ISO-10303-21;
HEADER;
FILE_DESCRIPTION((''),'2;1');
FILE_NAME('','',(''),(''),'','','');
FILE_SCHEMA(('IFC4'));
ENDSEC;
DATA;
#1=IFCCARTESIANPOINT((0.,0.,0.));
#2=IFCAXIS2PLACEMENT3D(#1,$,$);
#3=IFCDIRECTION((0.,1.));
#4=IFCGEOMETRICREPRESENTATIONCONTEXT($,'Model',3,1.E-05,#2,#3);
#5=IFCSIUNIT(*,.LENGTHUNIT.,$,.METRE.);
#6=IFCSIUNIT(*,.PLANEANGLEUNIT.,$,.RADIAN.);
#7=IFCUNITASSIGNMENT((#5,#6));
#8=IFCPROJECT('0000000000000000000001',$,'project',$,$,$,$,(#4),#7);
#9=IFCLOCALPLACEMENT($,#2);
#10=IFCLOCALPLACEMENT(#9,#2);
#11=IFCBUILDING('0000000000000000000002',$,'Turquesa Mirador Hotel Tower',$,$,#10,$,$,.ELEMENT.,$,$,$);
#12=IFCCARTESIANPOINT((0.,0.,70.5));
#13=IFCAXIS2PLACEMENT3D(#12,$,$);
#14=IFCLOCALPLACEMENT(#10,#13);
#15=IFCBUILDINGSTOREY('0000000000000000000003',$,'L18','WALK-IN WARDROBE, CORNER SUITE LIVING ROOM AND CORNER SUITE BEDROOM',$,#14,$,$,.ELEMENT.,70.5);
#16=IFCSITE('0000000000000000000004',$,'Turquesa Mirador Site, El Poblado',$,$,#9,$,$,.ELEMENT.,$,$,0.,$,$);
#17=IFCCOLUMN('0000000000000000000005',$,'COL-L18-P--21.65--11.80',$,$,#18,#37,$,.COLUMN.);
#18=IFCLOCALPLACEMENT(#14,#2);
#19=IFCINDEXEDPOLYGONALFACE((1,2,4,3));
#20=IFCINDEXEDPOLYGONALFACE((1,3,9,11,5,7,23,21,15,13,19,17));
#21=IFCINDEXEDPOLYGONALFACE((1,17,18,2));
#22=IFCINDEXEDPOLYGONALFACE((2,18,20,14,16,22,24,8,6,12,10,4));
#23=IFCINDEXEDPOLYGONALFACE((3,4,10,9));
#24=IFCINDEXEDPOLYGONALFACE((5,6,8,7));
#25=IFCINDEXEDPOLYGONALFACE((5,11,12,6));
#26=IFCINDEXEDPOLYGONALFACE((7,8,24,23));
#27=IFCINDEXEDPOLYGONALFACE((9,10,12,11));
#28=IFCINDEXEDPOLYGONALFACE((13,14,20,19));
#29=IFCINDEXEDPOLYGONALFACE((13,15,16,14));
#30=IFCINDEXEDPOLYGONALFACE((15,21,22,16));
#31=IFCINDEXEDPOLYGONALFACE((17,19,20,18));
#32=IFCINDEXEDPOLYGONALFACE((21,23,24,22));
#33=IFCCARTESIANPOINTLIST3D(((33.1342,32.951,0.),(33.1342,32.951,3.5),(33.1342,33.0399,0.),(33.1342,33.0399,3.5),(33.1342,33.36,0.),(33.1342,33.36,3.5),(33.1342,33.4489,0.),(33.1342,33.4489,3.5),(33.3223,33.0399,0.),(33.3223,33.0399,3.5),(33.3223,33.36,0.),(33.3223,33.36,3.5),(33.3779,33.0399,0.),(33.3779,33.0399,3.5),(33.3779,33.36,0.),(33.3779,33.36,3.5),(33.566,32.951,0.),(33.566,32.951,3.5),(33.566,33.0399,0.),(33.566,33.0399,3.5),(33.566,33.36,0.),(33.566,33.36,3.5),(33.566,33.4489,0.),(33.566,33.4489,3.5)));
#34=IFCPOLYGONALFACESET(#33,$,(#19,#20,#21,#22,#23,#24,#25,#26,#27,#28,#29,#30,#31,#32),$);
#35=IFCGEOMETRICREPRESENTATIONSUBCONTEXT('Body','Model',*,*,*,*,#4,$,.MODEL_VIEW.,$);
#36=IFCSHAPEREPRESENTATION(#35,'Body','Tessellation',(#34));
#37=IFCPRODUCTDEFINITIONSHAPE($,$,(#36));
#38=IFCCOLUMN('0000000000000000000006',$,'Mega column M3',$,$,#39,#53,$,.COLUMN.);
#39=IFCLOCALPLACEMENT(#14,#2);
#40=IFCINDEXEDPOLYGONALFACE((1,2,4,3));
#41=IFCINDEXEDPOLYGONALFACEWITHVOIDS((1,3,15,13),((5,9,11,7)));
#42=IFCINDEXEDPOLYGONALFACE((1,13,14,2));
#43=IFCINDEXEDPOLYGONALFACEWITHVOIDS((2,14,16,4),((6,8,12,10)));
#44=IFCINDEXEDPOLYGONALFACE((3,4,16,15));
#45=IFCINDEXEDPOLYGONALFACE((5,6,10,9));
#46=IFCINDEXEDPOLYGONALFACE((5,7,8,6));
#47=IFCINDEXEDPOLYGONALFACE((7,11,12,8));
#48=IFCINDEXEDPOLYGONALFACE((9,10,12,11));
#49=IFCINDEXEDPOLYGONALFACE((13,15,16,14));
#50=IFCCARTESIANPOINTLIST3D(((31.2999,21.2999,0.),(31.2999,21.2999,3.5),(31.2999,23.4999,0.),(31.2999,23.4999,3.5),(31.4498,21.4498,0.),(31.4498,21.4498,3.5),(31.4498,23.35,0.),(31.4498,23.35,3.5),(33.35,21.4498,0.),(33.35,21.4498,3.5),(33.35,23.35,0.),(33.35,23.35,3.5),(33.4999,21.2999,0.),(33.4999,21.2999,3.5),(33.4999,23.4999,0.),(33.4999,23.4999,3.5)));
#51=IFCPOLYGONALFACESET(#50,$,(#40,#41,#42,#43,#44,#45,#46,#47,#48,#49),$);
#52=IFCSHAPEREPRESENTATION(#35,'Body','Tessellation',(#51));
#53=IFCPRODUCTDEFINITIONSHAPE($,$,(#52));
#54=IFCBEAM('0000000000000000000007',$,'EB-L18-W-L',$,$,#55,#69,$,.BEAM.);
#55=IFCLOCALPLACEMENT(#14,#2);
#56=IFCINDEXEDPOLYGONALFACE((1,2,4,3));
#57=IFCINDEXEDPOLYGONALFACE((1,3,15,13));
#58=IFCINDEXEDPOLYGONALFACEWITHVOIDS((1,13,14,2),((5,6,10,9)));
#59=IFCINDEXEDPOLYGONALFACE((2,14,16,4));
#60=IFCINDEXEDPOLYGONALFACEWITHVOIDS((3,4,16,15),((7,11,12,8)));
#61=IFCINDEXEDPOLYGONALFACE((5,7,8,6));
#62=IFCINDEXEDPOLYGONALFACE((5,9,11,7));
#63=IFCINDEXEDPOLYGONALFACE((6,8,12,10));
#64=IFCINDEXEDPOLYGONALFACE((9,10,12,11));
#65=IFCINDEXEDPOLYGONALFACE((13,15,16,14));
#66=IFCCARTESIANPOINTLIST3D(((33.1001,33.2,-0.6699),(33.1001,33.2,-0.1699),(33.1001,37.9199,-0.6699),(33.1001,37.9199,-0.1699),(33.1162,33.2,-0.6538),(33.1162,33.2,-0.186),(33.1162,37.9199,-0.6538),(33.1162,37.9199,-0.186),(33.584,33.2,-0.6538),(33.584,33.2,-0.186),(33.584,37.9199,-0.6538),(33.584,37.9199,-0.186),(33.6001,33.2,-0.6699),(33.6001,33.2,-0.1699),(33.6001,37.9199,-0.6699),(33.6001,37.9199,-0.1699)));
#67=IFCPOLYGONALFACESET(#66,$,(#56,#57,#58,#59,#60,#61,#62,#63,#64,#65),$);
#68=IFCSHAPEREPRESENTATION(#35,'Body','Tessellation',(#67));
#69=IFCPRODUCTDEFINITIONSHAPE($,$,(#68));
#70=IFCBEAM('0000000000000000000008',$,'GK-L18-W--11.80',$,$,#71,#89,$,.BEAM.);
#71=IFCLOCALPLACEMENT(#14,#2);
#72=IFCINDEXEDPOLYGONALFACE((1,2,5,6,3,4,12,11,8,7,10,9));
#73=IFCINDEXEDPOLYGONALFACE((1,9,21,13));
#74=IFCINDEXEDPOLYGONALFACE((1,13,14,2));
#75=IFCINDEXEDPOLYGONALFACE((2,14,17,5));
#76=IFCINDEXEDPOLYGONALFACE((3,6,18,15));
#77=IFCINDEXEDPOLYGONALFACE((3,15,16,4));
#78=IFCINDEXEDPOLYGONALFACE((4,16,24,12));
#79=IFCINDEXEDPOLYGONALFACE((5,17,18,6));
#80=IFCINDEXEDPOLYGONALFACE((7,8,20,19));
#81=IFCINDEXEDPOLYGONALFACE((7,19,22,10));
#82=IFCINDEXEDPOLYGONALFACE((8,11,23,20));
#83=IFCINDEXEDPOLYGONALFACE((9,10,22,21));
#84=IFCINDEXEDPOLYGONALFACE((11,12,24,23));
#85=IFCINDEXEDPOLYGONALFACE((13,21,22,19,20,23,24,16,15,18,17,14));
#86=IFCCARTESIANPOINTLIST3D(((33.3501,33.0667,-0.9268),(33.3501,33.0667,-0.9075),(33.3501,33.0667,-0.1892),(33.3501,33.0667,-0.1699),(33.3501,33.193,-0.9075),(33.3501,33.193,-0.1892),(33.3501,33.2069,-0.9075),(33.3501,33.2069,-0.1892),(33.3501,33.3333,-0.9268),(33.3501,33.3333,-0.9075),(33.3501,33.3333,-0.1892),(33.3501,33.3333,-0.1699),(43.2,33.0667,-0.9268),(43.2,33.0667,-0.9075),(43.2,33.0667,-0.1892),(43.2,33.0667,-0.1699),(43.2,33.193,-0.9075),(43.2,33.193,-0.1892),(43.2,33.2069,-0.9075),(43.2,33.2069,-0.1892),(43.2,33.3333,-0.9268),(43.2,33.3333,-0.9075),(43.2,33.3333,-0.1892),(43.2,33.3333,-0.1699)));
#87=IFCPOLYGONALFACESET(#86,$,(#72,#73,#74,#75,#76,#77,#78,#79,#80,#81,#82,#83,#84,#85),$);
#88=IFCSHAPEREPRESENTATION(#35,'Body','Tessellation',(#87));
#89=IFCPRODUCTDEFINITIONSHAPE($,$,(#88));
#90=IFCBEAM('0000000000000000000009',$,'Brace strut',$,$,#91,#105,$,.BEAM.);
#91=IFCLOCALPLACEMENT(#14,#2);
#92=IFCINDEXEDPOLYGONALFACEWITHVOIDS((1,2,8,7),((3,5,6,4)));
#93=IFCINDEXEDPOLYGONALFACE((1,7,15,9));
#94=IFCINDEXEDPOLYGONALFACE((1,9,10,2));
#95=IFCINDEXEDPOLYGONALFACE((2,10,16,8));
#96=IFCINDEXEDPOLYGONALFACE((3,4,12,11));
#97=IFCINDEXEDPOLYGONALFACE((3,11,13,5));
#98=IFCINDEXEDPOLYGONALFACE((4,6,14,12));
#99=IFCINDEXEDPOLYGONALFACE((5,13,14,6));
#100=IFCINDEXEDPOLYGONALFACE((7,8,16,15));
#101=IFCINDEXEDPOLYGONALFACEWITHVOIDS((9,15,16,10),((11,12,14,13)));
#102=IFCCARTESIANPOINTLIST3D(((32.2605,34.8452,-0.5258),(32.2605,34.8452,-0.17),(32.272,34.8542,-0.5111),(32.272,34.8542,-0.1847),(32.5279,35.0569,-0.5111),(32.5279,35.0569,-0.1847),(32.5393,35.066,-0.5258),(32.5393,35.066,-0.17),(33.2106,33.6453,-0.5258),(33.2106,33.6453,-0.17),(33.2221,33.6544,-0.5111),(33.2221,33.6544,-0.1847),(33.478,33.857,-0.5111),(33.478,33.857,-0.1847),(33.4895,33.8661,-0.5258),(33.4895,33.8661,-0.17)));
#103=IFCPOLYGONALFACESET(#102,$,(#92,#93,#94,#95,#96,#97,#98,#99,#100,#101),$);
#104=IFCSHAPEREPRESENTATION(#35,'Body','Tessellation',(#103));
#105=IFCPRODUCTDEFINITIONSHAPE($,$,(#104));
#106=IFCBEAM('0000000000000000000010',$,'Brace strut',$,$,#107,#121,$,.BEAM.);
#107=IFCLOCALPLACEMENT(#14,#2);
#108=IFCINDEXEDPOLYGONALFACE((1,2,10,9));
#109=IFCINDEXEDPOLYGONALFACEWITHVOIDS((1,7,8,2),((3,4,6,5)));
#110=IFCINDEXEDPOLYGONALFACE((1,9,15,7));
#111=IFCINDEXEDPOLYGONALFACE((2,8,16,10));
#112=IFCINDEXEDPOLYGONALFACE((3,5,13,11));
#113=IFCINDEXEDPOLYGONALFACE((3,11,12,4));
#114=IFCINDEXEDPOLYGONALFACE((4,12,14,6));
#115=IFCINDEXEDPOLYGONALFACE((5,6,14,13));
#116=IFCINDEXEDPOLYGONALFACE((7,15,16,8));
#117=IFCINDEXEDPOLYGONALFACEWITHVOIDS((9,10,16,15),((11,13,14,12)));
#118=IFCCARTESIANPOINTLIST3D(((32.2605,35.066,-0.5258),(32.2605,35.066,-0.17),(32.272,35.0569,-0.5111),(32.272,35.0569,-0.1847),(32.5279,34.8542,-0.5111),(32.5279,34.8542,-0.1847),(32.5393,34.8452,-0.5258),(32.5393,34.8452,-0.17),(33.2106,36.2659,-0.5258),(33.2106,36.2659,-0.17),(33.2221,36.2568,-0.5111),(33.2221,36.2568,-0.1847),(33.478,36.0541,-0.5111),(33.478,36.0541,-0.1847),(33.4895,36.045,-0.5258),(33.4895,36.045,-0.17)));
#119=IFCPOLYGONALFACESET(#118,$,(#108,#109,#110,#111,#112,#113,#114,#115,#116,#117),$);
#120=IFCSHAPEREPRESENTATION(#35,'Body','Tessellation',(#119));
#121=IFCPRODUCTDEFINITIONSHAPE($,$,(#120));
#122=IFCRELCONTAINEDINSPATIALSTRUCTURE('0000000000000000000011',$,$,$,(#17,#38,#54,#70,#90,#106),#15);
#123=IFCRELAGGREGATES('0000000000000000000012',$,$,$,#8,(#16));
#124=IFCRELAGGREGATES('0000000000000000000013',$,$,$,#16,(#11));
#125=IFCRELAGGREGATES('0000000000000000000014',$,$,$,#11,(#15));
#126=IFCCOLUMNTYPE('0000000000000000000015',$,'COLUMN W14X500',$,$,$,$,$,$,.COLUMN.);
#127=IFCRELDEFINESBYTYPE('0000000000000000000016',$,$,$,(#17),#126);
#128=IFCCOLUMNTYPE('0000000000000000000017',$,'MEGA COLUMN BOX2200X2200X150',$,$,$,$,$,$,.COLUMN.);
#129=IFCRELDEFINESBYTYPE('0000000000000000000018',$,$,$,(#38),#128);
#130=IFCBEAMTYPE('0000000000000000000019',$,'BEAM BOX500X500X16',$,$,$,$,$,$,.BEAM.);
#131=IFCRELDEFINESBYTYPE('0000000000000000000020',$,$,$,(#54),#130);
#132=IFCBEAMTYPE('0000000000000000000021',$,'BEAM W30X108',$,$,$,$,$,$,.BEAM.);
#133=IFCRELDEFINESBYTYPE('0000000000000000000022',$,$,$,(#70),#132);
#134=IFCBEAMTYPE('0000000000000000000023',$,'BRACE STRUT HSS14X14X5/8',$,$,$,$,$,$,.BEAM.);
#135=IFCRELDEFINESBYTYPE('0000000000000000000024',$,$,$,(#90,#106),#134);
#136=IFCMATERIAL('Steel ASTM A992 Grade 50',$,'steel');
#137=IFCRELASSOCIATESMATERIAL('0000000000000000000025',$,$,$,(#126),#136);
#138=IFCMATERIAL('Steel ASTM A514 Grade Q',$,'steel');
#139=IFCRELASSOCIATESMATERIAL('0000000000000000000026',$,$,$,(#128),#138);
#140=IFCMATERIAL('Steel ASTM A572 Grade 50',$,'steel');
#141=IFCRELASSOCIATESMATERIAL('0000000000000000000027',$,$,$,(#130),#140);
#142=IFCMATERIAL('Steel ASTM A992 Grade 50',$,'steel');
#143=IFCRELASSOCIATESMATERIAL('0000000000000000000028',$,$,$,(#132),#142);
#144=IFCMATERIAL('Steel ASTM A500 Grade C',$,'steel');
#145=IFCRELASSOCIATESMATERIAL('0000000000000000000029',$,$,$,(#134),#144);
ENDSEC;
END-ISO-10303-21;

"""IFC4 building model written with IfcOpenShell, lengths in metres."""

from ifc_helpers import new_model, si_unit, direction, frame, origin, origin_2d, place, context, subcontext, project, spatial, hollow_rectangle, i_section, extrude, material, material_profile, profile_set, type_object, element, save


model = new_model("IFC4")

# Units and contexts
model_context = context("Model", 3, precision=1e-05, world=origin(), true_north=direction((0.0, 1.0)))
body_context = subcontext(model_context, "Body", "Model", "MODEL_VIEW")
ifc_project = project(units=[si_unit("LENGTHUNIT", "METRE"), si_unit("PLANEANGLEUNIT", "RADIAN")], contexts=[model_context])

# Site, building, storey
site_placement = place(None, origin())
site = spatial("IfcSite", under=ifc_project, at=site_placement, Name="Turquesa Mirador Site, El Poblado", CompositionType="ELEMENT", RefElevation=0.0)
building_placement = place(site_placement, origin())
building = spatial("IfcBuilding", under=site, at=building_placement, Name="Turquesa Mirador Hotel Tower", CompositionType="ELEMENT")
storey_placement = place(building_placement, frame((0.0, 0.0, 70.5)))
storey = spatial("IfcBuildingStorey", under=building, at=storey_placement, Name="L18", Description="WALK-IN WARDROBE, CORNER SUITE LIVING ROOM AND CORNER SUITE BEDROOM", CompositionType="ELEMENT", Elevation=70.5)

# Columns
ifc_material_1 = material(Name="Steel ASTM A992 Grade 50", Category="steel")
ifc_material_profile_1 = material_profile(ifc_material_1, i_section(OverallWidth=0.4319, OverallDepth=0.4978, WebThickness=0.0557, FlangeThickness=0.0889, at=origin_2d()), Name="W14X500")
ifc_profile_set_1 = profile_set([ifc_material_profile_1], Name="Steel ASTM A992 Grade 50")
column_type_1 = type_object("IfcColumnType", Name="COLUMN W14X500", PredefinedType="COLUMN", material=ifc_profile_set_1)
column_1_placement = place(storey_placement, frame((33.3501, 33.2, 0.0), z_axis=(0.0, 0.0, 1.0), x_axis=(1.0, 0.0, 0.0)))
element("IfcColumn", 1, at=column_1_placement, inside=storey, type_object=column_type_1, Name="COL-L18-P--21.65--11.80", PredefinedType="COLUMN", context=body_context, shape_type="SweptSolid", body=[
    extrude(i_section(OverallWidth=0.4319, OverallDepth=0.4978, WebThickness=0.0557, FlangeThickness=0.0889, at=origin_2d()), origin(), (0.0, 0.0, 1.0), 3.5),
])
ifc_material_2 = material(Name="Steel ASTM A514 Grade Q", Category="steel")
ifc_material_profile_2 = material_profile(ifc_material_2, hollow_rectangle(XDim=2.2, YDim=2.2, WallThickness=0.1499, at=origin_2d()), Name="BOX2200X2200X150")
ifc_profile_set_2 = profile_set([ifc_material_profile_2], Name="Steel ASTM A514 Grade Q")
column_type_2 = type_object("IfcColumnType", Name="MEGA COLUMN BOX2200X2200X150", PredefinedType="COLUMN", material=ifc_profile_set_2)
column_2_placement = place(storey_placement, frame((32.3999, 22.3999, 0.0), z_axis=(0.0, 0.0, 1.0), x_axis=(1.0, 0.0, 0.0)))
element("IfcColumn", 2, at=column_2_placement, inside=storey, type_object=column_type_2, Name="Mega column M3", PredefinedType="COLUMN", context=body_context, shape_type="SweptSolid", body=[
    extrude(hollow_rectangle(XDim=2.2, YDim=2.2, WallThickness=0.1499, at=origin_2d()), origin(), (0.0, 0.0, 1.0), 3.5),
])

# Beams
ifc_material_3 = material(Name="Steel ASTM A572 Grade 50", Category="steel")
ifc_material_profile_3 = material_profile(ifc_material_3, hollow_rectangle(XDim=0.5, YDim=0.5, WallThickness=0.0161, at=origin_2d()), Name="BOX500X500X16")
ifc_profile_set_3 = profile_set([ifc_material_profile_3], Name="Steel ASTM A572 Grade 50")
beam_type_1 = type_object("IfcBeamType", Name="BEAM BOX500X500X16", PredefinedType="BEAM", material=ifc_profile_set_3)
beam_1_placement = place(storey_placement, frame((33.3501, 33.2, -0.4199), z_axis=(0.0, 1.0, 0.0), x_axis=(-1.0, 0.0, 0.0)))
element("IfcBeam", 3, at=beam_1_placement, inside=storey, type_object=beam_type_1, Name="EB-L18-W-L", PredefinedType="BEAM", context=body_context, shape_type="SweptSolid", body=[
    extrude(hollow_rectangle(XDim=0.5, YDim=0.5, WallThickness=0.0161, at=origin_2d()), origin(), (0.0, 0.0, 1.0), 4.72),
])
ifc_material_4 = material(Name="Steel ASTM A992 Grade 50", Category="steel")
ifc_material_profile_4 = material_profile(ifc_material_4, i_section(OverallWidth=0.2666, OverallDepth=0.7568, WebThickness=0.0139, FlangeThickness=0.0193, at=origin_2d()), Name="W30X108")
ifc_profile_set_4 = profile_set([ifc_material_profile_4], Name="Steel ASTM A992 Grade 50")
beam_type_2 = type_object("IfcBeamType", Name="BEAM W30X108", PredefinedType="BEAM", material=ifc_profile_set_4)
beam_2_placement = place(storey_placement, frame((33.3501, 33.2, -0.5483), z_axis=(1.0, 0.0, 0.0), x_axis=(0.0, 1.0, 0.0)))
element("IfcBeam", 4, at=beam_2_placement, inside=storey, type_object=beam_type_2, Name="GK-L18-W--11.80", PredefinedType="BEAM", context=body_context, shape_type="SweptSolid", body=[
    extrude(i_section(OverallWidth=0.2666, OverallDepth=0.7568, WebThickness=0.0139, FlangeThickness=0.0193, at=origin_2d()), origin(), (0.0, 0.0, 1.0), 9.8499),
])
ifc_material_5 = material(Name="Steel ASTM A500 Grade C", Category="steel")
ifc_material_profile_5 = material_profile(ifc_material_5, hollow_rectangle(XDim=0.3557, YDim=0.3557, WallThickness=0.0146, at=origin_2d()), Name="HSS14X14X5/8")
ifc_profile_set_5 = profile_set([ifc_material_profile_5], Name="Steel ASTM A500 Grade C")
beam_type_3 = type_object("IfcBeamType", Name="BRACE STRUT HSS14X14X5/8", PredefinedType="BEAM", material=ifc_profile_set_5)
for number, where, z_axis, x_axis, name in (
    (5, (32.3999, 34.9556, -0.3479), (0.620797, -0.783971, 0.0), (0.783971, 0.620797, 0.0), "Brace strut"),
    (6, (32.3999, 34.9556, -0.3479), (0.620797, 0.783971, 0.0), (-0.783971, 0.620797, 0.0), "Brace strut"),
):
    element("IfcBeam", number, at=place(storey_placement, frame(where, z_axis=z_axis, x_axis=x_axis)), inside=storey, type_object=beam_type_3, Name=name, PredefinedType="BEAM", context=body_context, shape_type="SweptSolid", body=[
        extrude(hollow_rectangle(XDim=0.3557, YDim=0.3557, WallThickness=0.0146, at=origin_2d()), origin(), (0.0, 0.0, 1.0), 1.5305),
    ])

save(model, "model.ifc")
